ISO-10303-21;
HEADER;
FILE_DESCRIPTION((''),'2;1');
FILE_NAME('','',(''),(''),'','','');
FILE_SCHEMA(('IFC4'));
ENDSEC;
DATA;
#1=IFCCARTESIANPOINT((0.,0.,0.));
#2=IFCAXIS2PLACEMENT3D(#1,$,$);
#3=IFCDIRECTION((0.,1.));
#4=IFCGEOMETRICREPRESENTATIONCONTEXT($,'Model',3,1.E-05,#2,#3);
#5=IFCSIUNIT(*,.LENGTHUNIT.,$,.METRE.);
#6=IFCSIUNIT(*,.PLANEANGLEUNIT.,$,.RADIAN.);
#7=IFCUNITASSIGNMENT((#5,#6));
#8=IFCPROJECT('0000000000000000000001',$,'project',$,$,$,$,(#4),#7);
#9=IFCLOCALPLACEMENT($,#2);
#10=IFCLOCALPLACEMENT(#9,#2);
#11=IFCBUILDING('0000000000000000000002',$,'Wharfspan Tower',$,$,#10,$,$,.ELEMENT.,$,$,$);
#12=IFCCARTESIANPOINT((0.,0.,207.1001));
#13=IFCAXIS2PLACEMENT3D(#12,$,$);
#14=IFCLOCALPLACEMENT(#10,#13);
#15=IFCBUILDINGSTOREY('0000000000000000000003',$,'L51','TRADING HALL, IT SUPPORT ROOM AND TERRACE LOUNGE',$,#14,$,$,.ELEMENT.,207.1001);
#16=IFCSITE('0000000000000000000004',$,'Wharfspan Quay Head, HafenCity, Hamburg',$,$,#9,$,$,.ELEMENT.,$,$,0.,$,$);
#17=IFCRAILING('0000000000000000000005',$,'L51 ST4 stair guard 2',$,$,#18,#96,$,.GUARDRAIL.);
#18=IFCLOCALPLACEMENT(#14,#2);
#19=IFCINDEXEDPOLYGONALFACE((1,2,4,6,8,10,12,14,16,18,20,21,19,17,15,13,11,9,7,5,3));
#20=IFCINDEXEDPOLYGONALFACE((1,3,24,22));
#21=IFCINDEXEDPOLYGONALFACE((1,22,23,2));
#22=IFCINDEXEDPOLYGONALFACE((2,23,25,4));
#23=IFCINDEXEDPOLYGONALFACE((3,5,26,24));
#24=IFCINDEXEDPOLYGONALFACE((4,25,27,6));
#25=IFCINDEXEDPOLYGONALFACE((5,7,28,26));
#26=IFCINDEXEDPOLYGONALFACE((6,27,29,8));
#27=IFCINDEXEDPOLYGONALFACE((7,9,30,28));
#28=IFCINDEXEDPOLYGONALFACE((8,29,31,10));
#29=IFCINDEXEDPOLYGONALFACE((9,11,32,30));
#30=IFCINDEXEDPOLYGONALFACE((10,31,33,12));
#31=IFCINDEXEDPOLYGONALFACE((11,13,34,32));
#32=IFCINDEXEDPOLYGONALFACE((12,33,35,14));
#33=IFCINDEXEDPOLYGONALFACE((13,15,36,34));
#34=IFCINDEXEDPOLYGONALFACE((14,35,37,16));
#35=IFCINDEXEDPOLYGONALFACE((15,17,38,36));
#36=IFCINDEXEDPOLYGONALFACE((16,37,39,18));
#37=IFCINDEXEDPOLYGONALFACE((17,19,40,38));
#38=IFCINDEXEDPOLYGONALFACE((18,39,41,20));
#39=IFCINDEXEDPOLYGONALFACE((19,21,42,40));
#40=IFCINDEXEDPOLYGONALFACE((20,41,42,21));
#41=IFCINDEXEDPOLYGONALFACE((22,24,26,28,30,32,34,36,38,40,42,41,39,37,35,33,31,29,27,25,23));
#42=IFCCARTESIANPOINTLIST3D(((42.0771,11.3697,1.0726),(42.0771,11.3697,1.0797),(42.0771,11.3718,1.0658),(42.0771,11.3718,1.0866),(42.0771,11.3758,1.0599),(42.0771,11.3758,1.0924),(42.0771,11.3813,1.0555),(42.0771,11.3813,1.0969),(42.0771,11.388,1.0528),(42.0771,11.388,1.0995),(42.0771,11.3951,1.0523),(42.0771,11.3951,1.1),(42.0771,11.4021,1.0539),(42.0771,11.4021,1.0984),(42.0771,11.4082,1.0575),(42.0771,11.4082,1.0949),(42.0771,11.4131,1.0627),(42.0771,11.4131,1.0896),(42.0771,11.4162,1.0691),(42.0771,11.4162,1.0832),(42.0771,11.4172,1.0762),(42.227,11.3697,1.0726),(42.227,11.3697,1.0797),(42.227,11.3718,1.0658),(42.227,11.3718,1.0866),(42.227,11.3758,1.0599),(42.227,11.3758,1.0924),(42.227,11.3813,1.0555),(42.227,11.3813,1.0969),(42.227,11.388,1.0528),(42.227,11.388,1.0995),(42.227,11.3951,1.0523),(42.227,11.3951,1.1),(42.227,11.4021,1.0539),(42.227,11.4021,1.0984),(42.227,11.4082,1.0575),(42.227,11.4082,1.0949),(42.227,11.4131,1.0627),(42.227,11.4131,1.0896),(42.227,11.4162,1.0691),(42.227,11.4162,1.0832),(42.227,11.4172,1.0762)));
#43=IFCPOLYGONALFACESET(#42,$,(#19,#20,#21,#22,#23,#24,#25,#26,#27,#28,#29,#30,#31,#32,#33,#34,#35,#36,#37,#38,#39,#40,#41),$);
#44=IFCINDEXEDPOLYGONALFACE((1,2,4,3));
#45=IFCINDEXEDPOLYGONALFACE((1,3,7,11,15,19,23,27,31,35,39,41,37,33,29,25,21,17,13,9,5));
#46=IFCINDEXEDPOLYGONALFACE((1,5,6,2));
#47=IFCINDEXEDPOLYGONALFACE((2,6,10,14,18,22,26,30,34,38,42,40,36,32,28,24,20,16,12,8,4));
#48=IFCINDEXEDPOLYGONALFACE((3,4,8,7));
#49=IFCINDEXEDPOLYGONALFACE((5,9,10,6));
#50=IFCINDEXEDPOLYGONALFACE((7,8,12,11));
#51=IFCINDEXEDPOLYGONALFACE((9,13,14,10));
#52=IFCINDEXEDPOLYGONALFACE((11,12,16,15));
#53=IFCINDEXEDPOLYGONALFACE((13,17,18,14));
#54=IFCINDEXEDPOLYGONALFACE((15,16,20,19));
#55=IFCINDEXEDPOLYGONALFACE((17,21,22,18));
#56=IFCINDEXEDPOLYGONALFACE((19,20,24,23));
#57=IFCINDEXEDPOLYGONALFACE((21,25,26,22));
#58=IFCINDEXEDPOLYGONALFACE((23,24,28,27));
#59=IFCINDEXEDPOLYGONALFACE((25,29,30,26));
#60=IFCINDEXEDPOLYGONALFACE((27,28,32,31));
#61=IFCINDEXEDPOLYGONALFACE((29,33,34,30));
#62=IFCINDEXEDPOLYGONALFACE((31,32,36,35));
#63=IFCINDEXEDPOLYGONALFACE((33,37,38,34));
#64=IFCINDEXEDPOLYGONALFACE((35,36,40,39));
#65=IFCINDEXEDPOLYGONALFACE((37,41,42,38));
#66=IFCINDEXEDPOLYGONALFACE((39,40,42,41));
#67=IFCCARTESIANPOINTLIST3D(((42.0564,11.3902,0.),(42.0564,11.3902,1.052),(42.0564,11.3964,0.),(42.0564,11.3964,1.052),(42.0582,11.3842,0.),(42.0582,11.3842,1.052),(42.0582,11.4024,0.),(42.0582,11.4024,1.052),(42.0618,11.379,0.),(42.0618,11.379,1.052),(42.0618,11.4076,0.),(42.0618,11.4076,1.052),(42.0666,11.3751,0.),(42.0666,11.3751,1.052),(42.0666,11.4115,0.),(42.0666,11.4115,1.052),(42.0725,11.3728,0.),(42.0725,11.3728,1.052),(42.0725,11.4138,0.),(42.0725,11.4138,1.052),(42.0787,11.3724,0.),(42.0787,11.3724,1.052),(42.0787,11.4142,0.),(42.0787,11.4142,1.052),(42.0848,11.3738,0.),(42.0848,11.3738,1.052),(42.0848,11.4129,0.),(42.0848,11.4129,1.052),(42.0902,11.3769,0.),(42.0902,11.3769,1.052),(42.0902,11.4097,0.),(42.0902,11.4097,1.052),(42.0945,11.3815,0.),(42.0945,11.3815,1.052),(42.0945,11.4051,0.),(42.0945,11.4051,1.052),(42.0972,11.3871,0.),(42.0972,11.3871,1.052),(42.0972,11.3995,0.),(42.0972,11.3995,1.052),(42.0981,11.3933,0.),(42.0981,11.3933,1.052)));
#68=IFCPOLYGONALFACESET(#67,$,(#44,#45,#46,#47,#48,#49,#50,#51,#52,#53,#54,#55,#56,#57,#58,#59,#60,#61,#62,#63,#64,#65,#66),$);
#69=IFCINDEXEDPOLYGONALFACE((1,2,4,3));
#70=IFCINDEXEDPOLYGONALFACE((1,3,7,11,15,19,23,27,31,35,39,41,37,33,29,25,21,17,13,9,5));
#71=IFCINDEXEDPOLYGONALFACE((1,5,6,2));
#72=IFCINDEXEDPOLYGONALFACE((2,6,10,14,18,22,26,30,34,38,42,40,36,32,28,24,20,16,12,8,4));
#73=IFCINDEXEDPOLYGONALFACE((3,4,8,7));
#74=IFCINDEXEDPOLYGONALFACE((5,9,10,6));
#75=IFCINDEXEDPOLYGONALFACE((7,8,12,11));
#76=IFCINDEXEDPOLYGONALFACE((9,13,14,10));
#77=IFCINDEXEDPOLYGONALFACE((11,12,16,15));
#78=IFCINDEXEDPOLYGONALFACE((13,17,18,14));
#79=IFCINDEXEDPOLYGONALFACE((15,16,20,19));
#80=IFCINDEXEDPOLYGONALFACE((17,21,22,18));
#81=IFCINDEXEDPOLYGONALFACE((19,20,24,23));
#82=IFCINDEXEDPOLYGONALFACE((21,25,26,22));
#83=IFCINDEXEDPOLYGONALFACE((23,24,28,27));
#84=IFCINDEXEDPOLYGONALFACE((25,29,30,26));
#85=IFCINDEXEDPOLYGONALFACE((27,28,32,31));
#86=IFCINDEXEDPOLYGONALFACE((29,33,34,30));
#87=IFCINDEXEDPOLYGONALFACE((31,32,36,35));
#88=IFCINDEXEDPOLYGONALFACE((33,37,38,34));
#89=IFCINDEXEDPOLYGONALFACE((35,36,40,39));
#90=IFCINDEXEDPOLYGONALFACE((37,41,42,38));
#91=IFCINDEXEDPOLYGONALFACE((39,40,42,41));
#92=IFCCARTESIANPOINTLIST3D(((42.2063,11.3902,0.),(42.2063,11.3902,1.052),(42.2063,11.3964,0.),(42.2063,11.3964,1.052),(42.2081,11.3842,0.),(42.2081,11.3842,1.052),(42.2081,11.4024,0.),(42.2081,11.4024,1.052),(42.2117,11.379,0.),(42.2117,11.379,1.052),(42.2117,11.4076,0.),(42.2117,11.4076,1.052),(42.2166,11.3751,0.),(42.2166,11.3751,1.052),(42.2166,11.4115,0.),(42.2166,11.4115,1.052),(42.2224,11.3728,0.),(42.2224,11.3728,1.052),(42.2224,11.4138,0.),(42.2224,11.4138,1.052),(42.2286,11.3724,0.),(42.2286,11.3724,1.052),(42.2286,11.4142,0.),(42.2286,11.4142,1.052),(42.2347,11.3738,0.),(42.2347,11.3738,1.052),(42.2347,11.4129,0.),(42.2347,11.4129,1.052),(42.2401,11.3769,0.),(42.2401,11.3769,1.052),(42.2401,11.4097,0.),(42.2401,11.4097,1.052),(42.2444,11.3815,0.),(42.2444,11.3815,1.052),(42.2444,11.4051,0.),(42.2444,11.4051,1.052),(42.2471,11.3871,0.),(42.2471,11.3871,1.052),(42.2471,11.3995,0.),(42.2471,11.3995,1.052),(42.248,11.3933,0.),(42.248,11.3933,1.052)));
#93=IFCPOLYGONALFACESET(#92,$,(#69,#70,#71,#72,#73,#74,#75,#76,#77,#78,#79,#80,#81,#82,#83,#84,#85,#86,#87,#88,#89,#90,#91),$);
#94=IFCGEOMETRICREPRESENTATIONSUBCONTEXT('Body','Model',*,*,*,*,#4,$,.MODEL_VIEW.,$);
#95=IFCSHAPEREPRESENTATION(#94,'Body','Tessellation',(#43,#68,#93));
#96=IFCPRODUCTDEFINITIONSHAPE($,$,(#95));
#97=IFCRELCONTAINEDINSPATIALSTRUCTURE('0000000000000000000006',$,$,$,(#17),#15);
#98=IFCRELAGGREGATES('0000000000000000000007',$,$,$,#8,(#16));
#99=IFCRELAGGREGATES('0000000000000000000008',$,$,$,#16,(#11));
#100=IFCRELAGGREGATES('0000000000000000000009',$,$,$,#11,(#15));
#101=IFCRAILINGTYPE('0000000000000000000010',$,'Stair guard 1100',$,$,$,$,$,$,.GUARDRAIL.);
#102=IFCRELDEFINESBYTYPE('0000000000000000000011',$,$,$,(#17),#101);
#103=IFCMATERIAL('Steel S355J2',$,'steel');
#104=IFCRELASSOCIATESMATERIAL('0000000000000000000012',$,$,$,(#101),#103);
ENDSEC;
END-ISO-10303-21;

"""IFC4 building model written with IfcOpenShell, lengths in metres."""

from ifc_helpers import new_model, si_unit, direction, frame, origin, origin_2d, place, context, subcontext, project, spatial, circle, extrude, material, type_object, element, save


model = new_model("IFC4")

# Units and contexts
model_context = context("Model", 3, precision=1e-05, world=origin(), true_north=direction((0.0, 1.0)))
body_context = subcontext(model_context, "Body", "Model", "MODEL_VIEW")
ifc_project = project(units=[si_unit("LENGTHUNIT", "METRE"), si_unit("PLANEANGLEUNIT", "RADIAN")], contexts=[model_context])

# Site, building, storey
site_placement = place(None, origin())
site = spatial("IfcSite", under=ifc_project, at=site_placement, Name="Wharfspan Quay Head, HafenCity, Hamburg", CompositionType="ELEMENT", RefElevation=0.0)
building_placement = place(site_placement, origin())
building = spatial("IfcBuilding", under=site, at=building_placement, Name="Wharfspan Tower", CompositionType="ELEMENT")
storey_placement = place(building_placement, frame((0.0, 0.0, 207.1001)))
storey = spatial("IfcBuildingStorey", under=building, at=storey_placement, Name="L51", Description="TRADING HALL, IT SUPPORT ROOM AND TERRACE LOUNGE", CompositionType="ELEMENT", Elevation=207.1001)

# Shared definitions
ifc_material_1 = material(Name="Steel S355J2", Category="steel")

# Railing
railing_type_1 = type_object("IfcRailingType", Name="Stair guard 1100", PredefinedType="GUARDRAIL", material=ifc_material_1)
railing_1_placement = place(storey_placement, frame((42.0771, 11.3933, 0.0)))
element("IfcRailing", 1, at=railing_1_placement, inside=storey, type_object=railing_type_1, Name="L51 ST4 stair guard 2", PredefinedType="GUARDRAIL", context=body_context, shape_type="SweptSolid", body=[
    extrude(circle(Radius=0.0239, at=origin_2d()), frame((0.0, 0.0, 1.0762), z_axis=(1.0, 0.0, 0.0), x_axis=(0.0, 1.0, 0.0)), (0.0, 0.0, 1.0), 0.1499),
    extrude(circle(Radius=0.021, at=origin_2d()), origin(), (0.0, 0.0, 1.0), 1.052),
    extrude(circle(Radius=0.021, at=origin_2d()), frame((0.1499, 0.0, 0.0)), (0.0, 0.0, 1.0), 1.052),
])

save(model, "model.ifc")
